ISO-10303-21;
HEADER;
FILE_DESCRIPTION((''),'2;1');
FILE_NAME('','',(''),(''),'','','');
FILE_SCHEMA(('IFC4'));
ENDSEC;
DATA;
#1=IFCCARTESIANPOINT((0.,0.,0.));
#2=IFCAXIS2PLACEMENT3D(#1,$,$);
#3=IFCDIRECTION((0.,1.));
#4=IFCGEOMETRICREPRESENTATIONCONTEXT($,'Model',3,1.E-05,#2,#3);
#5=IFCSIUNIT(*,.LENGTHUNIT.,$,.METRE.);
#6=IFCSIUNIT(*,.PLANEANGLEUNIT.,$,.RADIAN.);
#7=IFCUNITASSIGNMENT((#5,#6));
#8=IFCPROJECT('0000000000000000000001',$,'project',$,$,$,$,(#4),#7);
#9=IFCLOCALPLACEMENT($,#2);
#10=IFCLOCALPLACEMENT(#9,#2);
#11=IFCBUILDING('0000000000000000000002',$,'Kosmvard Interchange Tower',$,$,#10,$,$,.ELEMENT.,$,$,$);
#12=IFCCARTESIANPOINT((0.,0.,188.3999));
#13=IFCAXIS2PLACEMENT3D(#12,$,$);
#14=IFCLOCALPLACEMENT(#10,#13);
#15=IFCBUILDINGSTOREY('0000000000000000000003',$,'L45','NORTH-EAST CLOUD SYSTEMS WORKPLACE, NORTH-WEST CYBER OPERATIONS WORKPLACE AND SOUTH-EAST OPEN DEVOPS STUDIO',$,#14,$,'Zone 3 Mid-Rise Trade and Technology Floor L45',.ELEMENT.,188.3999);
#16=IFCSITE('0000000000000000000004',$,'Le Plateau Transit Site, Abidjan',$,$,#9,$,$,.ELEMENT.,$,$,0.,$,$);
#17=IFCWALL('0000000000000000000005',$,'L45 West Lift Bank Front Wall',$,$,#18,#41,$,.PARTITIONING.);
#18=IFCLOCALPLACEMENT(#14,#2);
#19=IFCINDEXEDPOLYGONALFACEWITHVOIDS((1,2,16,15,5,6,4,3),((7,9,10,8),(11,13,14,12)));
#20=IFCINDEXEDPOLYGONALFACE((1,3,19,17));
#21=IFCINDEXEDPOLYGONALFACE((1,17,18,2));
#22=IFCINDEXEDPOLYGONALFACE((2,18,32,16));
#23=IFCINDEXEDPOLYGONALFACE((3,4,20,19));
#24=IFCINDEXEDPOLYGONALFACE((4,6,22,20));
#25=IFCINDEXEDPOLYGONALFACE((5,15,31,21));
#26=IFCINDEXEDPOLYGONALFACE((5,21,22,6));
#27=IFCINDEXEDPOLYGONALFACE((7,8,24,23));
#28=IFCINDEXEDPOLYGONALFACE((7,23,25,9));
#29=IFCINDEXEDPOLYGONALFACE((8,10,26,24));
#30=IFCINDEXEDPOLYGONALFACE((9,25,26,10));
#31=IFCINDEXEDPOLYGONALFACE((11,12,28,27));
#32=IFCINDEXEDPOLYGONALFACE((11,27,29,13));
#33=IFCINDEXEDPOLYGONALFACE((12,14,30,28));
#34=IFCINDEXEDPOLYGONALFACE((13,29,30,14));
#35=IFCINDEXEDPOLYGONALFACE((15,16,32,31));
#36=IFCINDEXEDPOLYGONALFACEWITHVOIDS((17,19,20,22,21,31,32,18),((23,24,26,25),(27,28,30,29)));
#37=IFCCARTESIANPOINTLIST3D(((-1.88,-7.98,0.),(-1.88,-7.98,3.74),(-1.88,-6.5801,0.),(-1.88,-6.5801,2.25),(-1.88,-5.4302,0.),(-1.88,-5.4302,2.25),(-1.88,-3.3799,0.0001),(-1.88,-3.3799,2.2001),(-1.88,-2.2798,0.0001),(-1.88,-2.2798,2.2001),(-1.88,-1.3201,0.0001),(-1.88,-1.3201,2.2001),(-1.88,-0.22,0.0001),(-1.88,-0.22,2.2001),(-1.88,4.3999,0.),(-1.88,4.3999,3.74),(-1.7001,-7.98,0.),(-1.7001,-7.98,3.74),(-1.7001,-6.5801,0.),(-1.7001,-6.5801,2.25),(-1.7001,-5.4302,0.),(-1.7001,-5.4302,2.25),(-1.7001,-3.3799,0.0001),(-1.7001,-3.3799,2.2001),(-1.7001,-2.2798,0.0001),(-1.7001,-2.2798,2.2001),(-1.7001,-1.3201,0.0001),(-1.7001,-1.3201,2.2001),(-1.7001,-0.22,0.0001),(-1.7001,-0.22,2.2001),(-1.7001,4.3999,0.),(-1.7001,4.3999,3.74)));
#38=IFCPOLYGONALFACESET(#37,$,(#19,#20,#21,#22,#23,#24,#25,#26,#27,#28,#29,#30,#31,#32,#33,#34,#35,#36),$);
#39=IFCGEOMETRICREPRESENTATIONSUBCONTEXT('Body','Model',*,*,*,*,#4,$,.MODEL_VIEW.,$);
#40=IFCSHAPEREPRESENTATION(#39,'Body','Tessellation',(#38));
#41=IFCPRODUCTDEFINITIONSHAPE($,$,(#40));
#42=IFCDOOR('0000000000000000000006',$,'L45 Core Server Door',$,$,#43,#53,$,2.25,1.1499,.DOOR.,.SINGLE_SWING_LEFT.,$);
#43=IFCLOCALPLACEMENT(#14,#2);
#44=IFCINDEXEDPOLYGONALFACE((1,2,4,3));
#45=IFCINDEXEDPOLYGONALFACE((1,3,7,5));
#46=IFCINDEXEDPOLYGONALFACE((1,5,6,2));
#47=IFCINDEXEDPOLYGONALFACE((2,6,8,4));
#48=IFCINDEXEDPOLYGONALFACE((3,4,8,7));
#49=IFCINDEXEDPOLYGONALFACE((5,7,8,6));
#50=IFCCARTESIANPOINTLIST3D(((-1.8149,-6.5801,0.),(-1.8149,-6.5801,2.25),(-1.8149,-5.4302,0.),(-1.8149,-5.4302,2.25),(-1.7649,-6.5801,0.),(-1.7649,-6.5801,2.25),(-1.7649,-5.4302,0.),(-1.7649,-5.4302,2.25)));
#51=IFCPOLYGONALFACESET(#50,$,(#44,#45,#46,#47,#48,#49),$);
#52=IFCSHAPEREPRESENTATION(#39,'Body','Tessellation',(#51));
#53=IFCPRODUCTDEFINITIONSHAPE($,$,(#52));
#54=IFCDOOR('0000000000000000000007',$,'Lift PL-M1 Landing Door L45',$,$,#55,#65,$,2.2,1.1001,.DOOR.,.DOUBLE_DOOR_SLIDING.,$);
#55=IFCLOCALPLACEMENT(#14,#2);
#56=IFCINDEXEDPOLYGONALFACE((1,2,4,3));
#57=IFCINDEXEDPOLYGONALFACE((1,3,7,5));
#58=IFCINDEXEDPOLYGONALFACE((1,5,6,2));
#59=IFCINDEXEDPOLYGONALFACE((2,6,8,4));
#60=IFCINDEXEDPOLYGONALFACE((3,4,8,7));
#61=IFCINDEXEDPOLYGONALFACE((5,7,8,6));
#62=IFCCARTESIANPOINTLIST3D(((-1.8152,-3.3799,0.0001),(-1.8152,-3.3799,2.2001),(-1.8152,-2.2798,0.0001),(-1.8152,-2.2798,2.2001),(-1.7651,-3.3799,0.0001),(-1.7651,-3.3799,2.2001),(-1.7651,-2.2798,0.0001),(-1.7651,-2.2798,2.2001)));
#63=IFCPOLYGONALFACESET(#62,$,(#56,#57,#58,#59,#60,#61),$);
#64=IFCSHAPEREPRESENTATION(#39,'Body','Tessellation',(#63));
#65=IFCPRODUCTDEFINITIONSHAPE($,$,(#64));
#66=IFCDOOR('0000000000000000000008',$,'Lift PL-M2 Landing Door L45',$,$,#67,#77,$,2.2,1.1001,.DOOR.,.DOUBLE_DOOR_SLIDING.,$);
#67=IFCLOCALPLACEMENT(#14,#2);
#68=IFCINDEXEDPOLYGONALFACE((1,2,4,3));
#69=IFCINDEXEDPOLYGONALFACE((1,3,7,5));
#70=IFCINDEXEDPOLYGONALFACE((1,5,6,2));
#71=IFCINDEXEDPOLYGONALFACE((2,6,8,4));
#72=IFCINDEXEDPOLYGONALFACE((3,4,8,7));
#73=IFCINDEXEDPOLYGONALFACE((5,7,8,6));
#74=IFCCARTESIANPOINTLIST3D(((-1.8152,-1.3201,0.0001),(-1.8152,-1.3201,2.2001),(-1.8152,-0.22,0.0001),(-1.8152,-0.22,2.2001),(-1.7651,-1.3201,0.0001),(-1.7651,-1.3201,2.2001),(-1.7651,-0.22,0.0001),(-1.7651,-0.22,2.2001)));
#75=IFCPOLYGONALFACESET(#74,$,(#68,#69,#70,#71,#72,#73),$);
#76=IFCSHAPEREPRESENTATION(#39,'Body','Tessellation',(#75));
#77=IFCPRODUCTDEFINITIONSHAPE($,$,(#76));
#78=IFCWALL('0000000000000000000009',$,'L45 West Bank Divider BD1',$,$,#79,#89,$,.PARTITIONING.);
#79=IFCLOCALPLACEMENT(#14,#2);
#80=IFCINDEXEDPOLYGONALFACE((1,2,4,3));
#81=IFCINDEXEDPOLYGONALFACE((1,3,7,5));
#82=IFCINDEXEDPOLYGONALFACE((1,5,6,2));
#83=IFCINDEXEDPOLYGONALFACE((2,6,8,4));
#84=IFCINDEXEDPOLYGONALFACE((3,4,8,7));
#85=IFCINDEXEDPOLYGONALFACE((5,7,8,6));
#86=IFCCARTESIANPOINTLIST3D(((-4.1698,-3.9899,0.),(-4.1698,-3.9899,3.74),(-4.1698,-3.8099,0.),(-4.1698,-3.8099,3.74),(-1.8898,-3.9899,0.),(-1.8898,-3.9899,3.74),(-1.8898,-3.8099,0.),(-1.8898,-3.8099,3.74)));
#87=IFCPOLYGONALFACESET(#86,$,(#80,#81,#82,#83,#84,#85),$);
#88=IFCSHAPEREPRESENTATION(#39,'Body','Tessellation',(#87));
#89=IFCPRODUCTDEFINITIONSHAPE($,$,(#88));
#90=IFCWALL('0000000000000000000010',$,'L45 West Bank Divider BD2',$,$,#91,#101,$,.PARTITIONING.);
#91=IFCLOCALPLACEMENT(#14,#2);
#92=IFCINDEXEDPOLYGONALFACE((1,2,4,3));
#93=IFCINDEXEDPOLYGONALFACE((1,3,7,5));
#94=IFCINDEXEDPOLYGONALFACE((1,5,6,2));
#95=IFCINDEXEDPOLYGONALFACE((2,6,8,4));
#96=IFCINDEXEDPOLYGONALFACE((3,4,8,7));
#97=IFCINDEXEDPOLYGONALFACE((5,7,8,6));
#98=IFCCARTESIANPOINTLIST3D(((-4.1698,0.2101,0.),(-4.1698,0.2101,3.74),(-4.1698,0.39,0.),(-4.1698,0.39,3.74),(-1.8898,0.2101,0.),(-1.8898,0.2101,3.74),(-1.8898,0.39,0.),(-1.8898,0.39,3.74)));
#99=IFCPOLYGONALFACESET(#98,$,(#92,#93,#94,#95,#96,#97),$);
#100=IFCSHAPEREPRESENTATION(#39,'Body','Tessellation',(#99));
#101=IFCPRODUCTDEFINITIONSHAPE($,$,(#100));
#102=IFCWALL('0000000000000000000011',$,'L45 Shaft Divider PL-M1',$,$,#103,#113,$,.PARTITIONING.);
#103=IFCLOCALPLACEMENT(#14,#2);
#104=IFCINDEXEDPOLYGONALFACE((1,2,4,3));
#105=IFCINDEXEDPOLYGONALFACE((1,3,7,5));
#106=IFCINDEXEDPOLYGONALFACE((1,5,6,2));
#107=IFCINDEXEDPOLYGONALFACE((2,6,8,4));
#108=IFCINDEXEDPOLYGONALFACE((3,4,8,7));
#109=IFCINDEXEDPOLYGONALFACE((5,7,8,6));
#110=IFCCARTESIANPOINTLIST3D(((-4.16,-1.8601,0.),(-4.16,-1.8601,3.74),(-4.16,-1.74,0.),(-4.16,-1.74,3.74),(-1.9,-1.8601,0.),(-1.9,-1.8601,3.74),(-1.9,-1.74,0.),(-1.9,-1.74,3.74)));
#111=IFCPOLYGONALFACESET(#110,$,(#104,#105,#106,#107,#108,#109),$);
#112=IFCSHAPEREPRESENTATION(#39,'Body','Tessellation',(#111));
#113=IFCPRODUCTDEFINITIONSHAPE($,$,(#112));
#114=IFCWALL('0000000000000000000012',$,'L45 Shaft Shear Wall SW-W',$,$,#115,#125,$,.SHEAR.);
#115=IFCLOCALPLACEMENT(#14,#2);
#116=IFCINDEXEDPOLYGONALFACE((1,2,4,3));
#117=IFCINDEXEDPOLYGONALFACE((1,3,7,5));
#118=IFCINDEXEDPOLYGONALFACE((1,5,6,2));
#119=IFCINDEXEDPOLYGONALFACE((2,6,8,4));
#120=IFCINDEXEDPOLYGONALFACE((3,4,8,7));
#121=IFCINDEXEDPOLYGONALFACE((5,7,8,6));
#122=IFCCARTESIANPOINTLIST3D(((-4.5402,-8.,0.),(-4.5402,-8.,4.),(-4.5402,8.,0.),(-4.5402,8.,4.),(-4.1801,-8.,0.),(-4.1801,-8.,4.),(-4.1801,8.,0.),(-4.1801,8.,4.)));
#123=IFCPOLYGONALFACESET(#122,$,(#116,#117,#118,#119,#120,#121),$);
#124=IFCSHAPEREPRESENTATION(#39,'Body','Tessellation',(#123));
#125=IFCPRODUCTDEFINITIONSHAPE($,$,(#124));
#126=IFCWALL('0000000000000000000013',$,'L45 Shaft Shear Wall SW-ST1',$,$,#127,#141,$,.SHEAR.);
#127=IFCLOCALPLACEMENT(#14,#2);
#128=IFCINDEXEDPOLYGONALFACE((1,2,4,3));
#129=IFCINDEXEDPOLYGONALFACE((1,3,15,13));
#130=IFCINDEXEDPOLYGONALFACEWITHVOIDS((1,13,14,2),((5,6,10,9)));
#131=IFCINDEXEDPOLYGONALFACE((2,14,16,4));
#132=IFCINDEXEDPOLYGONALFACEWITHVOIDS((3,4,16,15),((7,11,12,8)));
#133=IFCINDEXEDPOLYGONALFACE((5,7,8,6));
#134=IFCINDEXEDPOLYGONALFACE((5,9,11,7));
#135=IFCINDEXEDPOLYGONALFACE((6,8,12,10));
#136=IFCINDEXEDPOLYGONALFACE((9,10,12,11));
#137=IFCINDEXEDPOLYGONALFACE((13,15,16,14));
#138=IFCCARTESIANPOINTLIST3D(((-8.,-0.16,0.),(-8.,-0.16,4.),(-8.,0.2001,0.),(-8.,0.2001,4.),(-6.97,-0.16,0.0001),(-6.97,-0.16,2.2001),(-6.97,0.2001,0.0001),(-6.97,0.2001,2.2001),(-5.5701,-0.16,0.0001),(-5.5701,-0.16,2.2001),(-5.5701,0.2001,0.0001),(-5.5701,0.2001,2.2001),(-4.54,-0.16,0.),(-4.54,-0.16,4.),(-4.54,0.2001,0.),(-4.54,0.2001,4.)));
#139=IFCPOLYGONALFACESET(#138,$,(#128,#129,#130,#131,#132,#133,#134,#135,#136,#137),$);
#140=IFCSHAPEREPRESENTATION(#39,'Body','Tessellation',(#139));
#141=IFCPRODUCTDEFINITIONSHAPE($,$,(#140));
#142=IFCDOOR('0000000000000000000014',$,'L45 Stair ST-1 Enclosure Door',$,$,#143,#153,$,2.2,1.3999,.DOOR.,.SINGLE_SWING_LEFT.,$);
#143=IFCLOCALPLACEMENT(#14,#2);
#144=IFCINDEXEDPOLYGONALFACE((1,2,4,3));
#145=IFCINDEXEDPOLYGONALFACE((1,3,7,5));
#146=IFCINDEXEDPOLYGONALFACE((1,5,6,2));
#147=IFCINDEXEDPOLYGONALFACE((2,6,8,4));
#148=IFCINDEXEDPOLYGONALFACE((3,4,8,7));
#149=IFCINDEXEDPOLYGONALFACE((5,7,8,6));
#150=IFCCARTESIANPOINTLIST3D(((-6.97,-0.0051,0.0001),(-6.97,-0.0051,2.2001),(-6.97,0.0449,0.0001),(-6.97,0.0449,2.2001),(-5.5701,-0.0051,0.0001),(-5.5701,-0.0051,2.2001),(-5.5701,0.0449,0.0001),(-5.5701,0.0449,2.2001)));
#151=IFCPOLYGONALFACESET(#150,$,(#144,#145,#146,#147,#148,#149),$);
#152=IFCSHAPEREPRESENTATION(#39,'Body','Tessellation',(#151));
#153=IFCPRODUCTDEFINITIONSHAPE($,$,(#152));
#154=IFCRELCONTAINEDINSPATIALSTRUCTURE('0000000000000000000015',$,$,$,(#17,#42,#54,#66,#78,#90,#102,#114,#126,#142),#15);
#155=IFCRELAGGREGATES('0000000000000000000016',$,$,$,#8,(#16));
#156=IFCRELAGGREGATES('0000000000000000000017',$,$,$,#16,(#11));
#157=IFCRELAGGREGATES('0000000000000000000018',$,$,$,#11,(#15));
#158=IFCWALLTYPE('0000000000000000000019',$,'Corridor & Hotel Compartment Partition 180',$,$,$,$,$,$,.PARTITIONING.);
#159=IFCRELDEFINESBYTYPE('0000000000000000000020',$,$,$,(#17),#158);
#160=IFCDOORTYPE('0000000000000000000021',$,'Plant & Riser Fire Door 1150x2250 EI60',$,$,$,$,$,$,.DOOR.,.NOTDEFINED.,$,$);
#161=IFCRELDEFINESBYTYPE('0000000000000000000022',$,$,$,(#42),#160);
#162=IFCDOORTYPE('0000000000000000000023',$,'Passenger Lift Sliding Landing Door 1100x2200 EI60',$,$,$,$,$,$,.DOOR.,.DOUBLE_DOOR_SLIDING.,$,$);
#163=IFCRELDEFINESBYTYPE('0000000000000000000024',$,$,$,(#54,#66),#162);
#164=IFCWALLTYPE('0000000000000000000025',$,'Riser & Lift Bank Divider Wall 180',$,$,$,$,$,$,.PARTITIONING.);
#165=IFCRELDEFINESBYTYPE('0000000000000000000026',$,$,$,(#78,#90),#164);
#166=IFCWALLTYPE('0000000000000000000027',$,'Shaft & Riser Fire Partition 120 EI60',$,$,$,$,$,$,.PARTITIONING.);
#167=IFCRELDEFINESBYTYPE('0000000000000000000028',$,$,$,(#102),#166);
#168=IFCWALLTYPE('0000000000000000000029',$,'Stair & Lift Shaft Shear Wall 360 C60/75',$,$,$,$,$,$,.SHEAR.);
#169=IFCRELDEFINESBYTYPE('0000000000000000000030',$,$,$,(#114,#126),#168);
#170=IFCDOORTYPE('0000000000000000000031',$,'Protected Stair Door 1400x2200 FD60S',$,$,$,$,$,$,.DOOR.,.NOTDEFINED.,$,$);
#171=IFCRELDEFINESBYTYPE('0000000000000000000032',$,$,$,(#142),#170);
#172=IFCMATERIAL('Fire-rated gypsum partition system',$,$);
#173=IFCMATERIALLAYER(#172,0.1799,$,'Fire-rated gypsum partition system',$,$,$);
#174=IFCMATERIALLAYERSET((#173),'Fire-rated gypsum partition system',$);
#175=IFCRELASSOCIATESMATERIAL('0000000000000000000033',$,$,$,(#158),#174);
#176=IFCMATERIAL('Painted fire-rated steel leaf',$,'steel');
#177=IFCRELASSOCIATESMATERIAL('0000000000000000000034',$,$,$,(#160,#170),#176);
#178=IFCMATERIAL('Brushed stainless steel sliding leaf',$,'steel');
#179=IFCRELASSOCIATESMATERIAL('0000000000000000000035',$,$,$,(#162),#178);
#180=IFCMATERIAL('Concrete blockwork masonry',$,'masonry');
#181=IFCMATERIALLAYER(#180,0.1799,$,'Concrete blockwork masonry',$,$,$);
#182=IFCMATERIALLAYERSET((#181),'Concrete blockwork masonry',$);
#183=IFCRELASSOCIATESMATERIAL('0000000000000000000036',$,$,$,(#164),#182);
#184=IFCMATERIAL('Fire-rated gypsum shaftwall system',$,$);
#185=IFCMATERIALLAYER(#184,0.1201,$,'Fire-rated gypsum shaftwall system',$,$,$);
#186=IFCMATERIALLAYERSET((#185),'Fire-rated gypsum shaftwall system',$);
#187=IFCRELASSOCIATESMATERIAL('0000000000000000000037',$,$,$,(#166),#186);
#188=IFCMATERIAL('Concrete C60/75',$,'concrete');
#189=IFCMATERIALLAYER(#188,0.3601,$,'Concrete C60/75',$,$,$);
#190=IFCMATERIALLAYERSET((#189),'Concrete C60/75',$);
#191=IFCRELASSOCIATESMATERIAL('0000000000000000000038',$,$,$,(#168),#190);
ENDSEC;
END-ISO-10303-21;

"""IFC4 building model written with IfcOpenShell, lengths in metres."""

from ifc_helpers import new_model, si_unit, direction, frame, frame_2d, origin, place, context, subcontext, project, spatial, rectangle, extrude, source, transform, mapped, material, layer, layer_set, type_object, element, fill, save


model = new_model("IFC4")

# Units and contexts
model_context = context("Model", 3, precision=1e-05, world=origin(), true_north=direction((0.0, 1.0)))
body_context = subcontext(model_context, "Body", "Model", "MODEL_VIEW")
ifc_project = project(units=[si_unit("LENGTHUNIT", "METRE"), si_unit("PLANEANGLEUNIT", "RADIAN")], contexts=[model_context])

# Site, building, storey
site_placement = place(None, origin())
site = spatial("IfcSite", under=ifc_project, at=site_placement, Name="Le Plateau Transit Site, Abidjan", CompositionType="ELEMENT", RefElevation=0.0)
building_placement = place(site_placement, origin())
building = spatial("IfcBuilding", under=site, at=building_placement, Name="Kosmvard Interchange Tower", CompositionType="ELEMENT")
storey_placement = place(building_placement, frame((0.0, 0.0, 188.3999)))
storey = spatial("IfcBuildingStorey", under=building, at=storey_placement, Name="L45", Description="NORTH-EAST CLOUD SYSTEMS WORKPLACE, NORTH-WEST CYBER OPERATIONS WORKPLACE AND SOUTH-EAST OPEN DEVOPS STUDIO", LongName="Zone 3 Mid-Rise Trade and Technology Floor L45", CompositionType="ELEMENT", Elevation=188.3999)

# Shared definitions
ifc_material_1 = material(Name="Concrete C60/75", Category="concrete")

# Wall, openings, doors
ifc_material_2 = material(Name="Fire-rated gypsum partition system")
ifc_layer_1 = layer(ifc_material_2, 0.1799, Name="Fire-rated gypsum partition system")
ifc_layer_set_1 = layer_set([ifc_layer_1], Name="Fire-rated gypsum partition system")
wall_type_1 = type_object("IfcWallType", Name="Corridor & Hotel Compartment Partition 180", PredefinedType="PARTITIONING", material=ifc_layer_set_1)
wall_1_placement = place(storey_placement, frame((-1.79, -7.98, 0.0), z_axis=(0.0, 0.0, 1.0), x_axis=(0.0, 1.0, 0.0)))
wall_1 = element("IfcWall", 1, at=wall_1_placement, inside=storey, type_object=wall_type_1, Name="L45 West Lift Bank Front Wall", PredefinedType="PARTITIONING", context=body_context, shape_type="SweptSolid", body=[
    extrude(rectangle(XDim=12.3799, YDim=0.1799, at=frame_2d((6.1899, 0.0))), origin(), (0.0, 0.0, 1.0), 3.74),
])
opening_1_placement = place(wall_1_placement, frame((4.6001, 0.0, 0.0)))
opening_1 = element("IfcOpeningElement", 2, at=opening_1_placement, cuts=wall_1, PredefinedType="OPENING", context=body_context, shape_type="SweptSolid", body=[
    extrude(rectangle(XDim=1.1001, YDim=2.2, at=frame_2d((0.55, 1.1001))), frame((0.0, 0.1001, 0.0), z_axis=(0.0, -1.0, 0.0), x_axis=(1.0, 0.0, 0.0)), (0.0, 0.0, 1.0), 0.2),
])
opening_2_placement = place(wall_1_placement, frame((6.6599, 0.0, 0.0)))
opening_2 = element("IfcOpeningElement", 3, at=opening_2_placement, cuts=wall_1, PredefinedType="OPENING", context=body_context, shape_type="SweptSolid", body=[
    extrude(rectangle(XDim=1.1001, YDim=2.2, at=frame_2d((0.55, 1.1001))), frame((0.0, 0.1001, 0.0), z_axis=(0.0, -1.0, 0.0), x_axis=(1.0, 0.0, 0.0)), (0.0, 0.0, 1.0), 0.2),
])
opening_3_placement = place(wall_1_placement, frame((1.3999, 0.0, 0.0)))
opening_3 = element("IfcOpeningElement", 4, at=opening_3_placement, cuts=wall_1, PredefinedType="OPENING", context=body_context, shape_type="SweptSolid", body=[
    extrude(rectangle(XDim=1.1499, YDim=2.25, at=frame_2d((0.575, 1.125))), frame((0.0, 0.1001, 0.0), z_axis=(0.0, -1.0, 0.0), x_axis=(1.0, 0.0, 0.0)), (0.0, 0.0, 1.0), 0.2),
])
ifc_material_3 = material(Name="Painted fire-rated steel leaf", Category="steel")
door_type_1 = type_object("IfcDoorType", Name="Plant & Riser Fire Door 1150x2250 EI60", OperationType="NOTDEFINED", PredefinedType="DOOR", material=ifc_material_3)
shared_shape_1 = source(origin(), body_context, "Body", "SweptSolid", [
    extrude(rectangle(XDim=1.1499, YDim=2.25, at=frame_2d((0.575, 1.125))), frame((0.0, 0.0249, 0.0), z_axis=(0.0, -1.0, 0.0), x_axis=(1.0, 0.0, 0.0)), (0.0, 0.0, 1.0), 0.05),
])
door_1_placement = place(opening_3_placement, origin())
door_1 = element("IfcDoor", 5, at=door_1_placement, inside=storey, type_object=door_type_1, Name="L45 Core Server Door", OperationType="SINGLE_SWING_LEFT", OverallHeight=2.25, OverallWidth=1.1499, PredefinedType="DOOR", context=body_context, shape_type="MappedRepresentation", body=[
    mapped(shared_shape_1, transform((0.0, 0.0, 0.0), scale=1.0)),
])
fill(opening_3, door_1)
ifc_material_4 = material(Name="Brushed stainless steel sliding leaf", Category="steel")
door_type_2 = type_object("IfcDoorType", Name="Passenger Lift Sliding Landing Door 1100x2200 EI60", OperationType="DOUBLE_DOOR_SLIDING", PredefinedType="DOOR", material=ifc_material_4)
shared_shape_2 = source(origin(), body_context, "Body", "SweptSolid", [
    extrude(rectangle(XDim=1.1001, YDim=2.2, at=frame_2d((0.55, 1.1001))), frame((0.0, 0.0249, 0.0), z_axis=(0.0, -1.0, 0.0), x_axis=(1.0, 0.0, 0.0)), (0.0, 0.0, 1.0), 0.05),
])
door_2_placement = place(opening_1_placement, frame((1.1001, 0.0, 0.0), z_axis=(0.0, 0.0, 1.0), x_axis=(-1.0, 0.0, 0.0)))
door_2 = element("IfcDoor", 6, at=door_2_placement, inside=storey, type_object=door_type_2, Name="Lift PL-M1 Landing Door L45", OperationType="DOUBLE_DOOR_SLIDING", OverallHeight=2.2, OverallWidth=1.1001, PredefinedType="DOOR", context=body_context, shape_type="MappedRepresentation", body=[
    mapped(shared_shape_2, transform((0.0, 0.0, 0.0), scale=1.0)),
])
fill(opening_1, door_2)
door_3_placement = place(opening_2_placement, frame((1.1001, 0.0, 0.0), z_axis=(0.0, 0.0, 1.0), x_axis=(-1.0, 0.0, 0.0)))
door_3 = element("IfcDoor", 7, at=door_3_placement, inside=storey, type_object=door_type_2, Name="Lift PL-M2 Landing Door L45", OperationType="DOUBLE_DOOR_SLIDING", OverallHeight=2.2, OverallWidth=1.1001, PredefinedType="DOOR", context=body_context, shape_type="MappedRepresentation", body=[
    mapped(shared_shape_2, transform((0.0, 0.0, 0.0), scale=1.0)),
])
fill(opening_2, door_3)

# Walls
ifc_material_5 = material(Name="Concrete blockwork masonry", Category="masonry")
ifc_layer_2 = layer(ifc_material_5, 0.1799, Name="Concrete blockwork masonry")
ifc_layer_set_2 = layer_set([ifc_layer_2], Name="Concrete blockwork masonry")
wall_type_2 = type_object("IfcWallType", Name="Riser & Lift Bank Divider Wall 180", PredefinedType="PARTITIONING", material=ifc_layer_set_2)
for number, where, z_axis, x_axis, name in (
    (8, (-4.1699, -3.8999, 0.0), (0.0, 0.0, 1.0), (1.0, 0.0, 0.0), "L45 West Bank Divider BD1"),
    (9, (-4.1699, 0.3, 0.0), (0.0, 0.0, 1.0), (1.0, 0.0, 0.0), "L45 West Bank Divider BD2"),
):
    element("IfcWall", number, at=place(storey_placement, frame(where, z_axis=z_axis, x_axis=x_axis)), inside=storey, type_object=wall_type_2, Name=name, PredefinedType="PARTITIONING", context=body_context, shape_type="SweptSolid", body=[
        extrude(rectangle(XDim=2.28, YDim=0.1799, at=frame_2d((1.1401, 0.0))), origin(), (0.0, 0.0, 1.0), 3.74),
    ])
ifc_material_6 = material(Name="Fire-rated gypsum shaftwall system")
ifc_layer_3 = layer(ifc_material_6, 0.1201, Name="Fire-rated gypsum shaftwall system")
ifc_layer_set_3 = layer_set([ifc_layer_3], Name="Fire-rated gypsum shaftwall system")
wall_type_3 = type_object("IfcWallType", Name="Shaft & Riser Fire Partition 120 EI60", PredefinedType="PARTITIONING", material=ifc_layer_set_3)
wall_2_placement = place(storey_placement, frame((-4.1599, -1.8, 0.0), z_axis=(0.0, 0.0, 1.0), x_axis=(1.0, 0.0, 0.0)))
element("IfcWall", 10, at=wall_2_placement, inside=storey, type_object=wall_type_3, Name="L45 Shaft Divider PL-M1", PredefinedType="PARTITIONING", context=body_context, shape_type="SweptSolid", body=[
    extrude(rectangle(XDim=2.26, YDim=0.1201, at=frame_2d((1.1299, 0.0))), origin(), (0.0, 0.0, 1.0), 3.74),
])
ifc_layer_4 = layer(ifc_material_1, 0.3601, Name="Concrete C60/75")
ifc_layer_set_4 = layer_set([ifc_layer_4], Name="Concrete C60/75")
wall_type_4 = type_object("IfcWallType", Name="Stair & Lift Shaft Shear Wall 360 C60/75", PredefinedType="SHEAR", material=ifc_layer_set_4)
wall_3_placement = place(storey_placement, frame((-4.3601, -8.0, 0.0), z_axis=(0.0, 0.0, 1.0), x_axis=(0.0, 1.0, 0.0)))
element("IfcWall", 11, at=wall_3_placement, inside=storey, type_object=wall_type_4, Name="L45 Shaft Shear Wall SW-W", PredefinedType="SHEAR", context=body_context, shape_type="SweptSolid", body=[
    extrude(rectangle(XDim=16.0, YDim=0.3601, at=frame_2d((8.0, 0.0))), origin(), (0.0, 0.0, 1.0), 4.0),
])

# Wall, opening, door
wall_4_placement = place(storey_placement, frame((-8.0, 0.02, 0.0), z_axis=(0.0, 0.0, 1.0), x_axis=(1.0, 0.0, 0.0)))
wall_4 = element("IfcWall", 12, at=wall_4_placement, inside=storey, type_object=wall_type_4, Name="L45 Shaft Shear Wall SW-ST1", PredefinedType="SHEAR", context=body_context, shape_type="SweptSolid", body=[
    extrude(rectangle(XDim=3.46, YDim=0.3601, at=frame_2d((1.73, 0.0))), origin(), (0.0, 0.0, 1.0), 4.0),
])
opening_4_placement = place(wall_4_placement, frame((1.03, 0.0, 0.0)))
opening_4 = element("IfcOpeningElement", 13, at=opening_4_placement, cuts=wall_4, PredefinedType="OPENING", context=body_context, shape_type="SweptSolid", body=[
    extrude(rectangle(XDim=1.3999, YDim=2.2, at=frame_2d((0.7, 1.1001))), frame((0.0, 0.1899, 0.0), z_axis=(0.0, -1.0, 0.0), x_axis=(1.0, 0.0, 0.0)), (0.0, 0.0, 1.0), 0.3801),
])
door_type_3 = type_object("IfcDoorType", Name="Protected Stair Door 1400x2200 FD60S", OperationType="NOTDEFINED", PredefinedType="DOOR", material=ifc_material_3)
shared_shape_3 = source(origin(), body_context, "Body", "SweptSolid", [
    extrude(rectangle(XDim=1.3999, YDim=2.2, at=frame_2d((0.7, 1.1001))), frame((0.0, 0.0249, 0.0), z_axis=(0.0, -1.0, 0.0), x_axis=(1.0, 0.0, 0.0)), (0.0, 0.0, 1.0), 0.05),
])
door_4_placement = place(opening_4_placement, origin())
door_4 = element("IfcDoor", 14, at=door_4_placement, inside=storey, type_object=door_type_3, Name="L45 Stair ST-1 Enclosure Door", OperationType="SINGLE_SWING_LEFT", OverallHeight=2.2, OverallWidth=1.3999, PredefinedType="DOOR", context=body_context, shape_type="MappedRepresentation", body=[
    mapped(shared_shape_3, transform((0.0, 0.0, 0.0), scale=1.0)),
])
fill(opening_4, door_4)

save(model, "model.ifc")
